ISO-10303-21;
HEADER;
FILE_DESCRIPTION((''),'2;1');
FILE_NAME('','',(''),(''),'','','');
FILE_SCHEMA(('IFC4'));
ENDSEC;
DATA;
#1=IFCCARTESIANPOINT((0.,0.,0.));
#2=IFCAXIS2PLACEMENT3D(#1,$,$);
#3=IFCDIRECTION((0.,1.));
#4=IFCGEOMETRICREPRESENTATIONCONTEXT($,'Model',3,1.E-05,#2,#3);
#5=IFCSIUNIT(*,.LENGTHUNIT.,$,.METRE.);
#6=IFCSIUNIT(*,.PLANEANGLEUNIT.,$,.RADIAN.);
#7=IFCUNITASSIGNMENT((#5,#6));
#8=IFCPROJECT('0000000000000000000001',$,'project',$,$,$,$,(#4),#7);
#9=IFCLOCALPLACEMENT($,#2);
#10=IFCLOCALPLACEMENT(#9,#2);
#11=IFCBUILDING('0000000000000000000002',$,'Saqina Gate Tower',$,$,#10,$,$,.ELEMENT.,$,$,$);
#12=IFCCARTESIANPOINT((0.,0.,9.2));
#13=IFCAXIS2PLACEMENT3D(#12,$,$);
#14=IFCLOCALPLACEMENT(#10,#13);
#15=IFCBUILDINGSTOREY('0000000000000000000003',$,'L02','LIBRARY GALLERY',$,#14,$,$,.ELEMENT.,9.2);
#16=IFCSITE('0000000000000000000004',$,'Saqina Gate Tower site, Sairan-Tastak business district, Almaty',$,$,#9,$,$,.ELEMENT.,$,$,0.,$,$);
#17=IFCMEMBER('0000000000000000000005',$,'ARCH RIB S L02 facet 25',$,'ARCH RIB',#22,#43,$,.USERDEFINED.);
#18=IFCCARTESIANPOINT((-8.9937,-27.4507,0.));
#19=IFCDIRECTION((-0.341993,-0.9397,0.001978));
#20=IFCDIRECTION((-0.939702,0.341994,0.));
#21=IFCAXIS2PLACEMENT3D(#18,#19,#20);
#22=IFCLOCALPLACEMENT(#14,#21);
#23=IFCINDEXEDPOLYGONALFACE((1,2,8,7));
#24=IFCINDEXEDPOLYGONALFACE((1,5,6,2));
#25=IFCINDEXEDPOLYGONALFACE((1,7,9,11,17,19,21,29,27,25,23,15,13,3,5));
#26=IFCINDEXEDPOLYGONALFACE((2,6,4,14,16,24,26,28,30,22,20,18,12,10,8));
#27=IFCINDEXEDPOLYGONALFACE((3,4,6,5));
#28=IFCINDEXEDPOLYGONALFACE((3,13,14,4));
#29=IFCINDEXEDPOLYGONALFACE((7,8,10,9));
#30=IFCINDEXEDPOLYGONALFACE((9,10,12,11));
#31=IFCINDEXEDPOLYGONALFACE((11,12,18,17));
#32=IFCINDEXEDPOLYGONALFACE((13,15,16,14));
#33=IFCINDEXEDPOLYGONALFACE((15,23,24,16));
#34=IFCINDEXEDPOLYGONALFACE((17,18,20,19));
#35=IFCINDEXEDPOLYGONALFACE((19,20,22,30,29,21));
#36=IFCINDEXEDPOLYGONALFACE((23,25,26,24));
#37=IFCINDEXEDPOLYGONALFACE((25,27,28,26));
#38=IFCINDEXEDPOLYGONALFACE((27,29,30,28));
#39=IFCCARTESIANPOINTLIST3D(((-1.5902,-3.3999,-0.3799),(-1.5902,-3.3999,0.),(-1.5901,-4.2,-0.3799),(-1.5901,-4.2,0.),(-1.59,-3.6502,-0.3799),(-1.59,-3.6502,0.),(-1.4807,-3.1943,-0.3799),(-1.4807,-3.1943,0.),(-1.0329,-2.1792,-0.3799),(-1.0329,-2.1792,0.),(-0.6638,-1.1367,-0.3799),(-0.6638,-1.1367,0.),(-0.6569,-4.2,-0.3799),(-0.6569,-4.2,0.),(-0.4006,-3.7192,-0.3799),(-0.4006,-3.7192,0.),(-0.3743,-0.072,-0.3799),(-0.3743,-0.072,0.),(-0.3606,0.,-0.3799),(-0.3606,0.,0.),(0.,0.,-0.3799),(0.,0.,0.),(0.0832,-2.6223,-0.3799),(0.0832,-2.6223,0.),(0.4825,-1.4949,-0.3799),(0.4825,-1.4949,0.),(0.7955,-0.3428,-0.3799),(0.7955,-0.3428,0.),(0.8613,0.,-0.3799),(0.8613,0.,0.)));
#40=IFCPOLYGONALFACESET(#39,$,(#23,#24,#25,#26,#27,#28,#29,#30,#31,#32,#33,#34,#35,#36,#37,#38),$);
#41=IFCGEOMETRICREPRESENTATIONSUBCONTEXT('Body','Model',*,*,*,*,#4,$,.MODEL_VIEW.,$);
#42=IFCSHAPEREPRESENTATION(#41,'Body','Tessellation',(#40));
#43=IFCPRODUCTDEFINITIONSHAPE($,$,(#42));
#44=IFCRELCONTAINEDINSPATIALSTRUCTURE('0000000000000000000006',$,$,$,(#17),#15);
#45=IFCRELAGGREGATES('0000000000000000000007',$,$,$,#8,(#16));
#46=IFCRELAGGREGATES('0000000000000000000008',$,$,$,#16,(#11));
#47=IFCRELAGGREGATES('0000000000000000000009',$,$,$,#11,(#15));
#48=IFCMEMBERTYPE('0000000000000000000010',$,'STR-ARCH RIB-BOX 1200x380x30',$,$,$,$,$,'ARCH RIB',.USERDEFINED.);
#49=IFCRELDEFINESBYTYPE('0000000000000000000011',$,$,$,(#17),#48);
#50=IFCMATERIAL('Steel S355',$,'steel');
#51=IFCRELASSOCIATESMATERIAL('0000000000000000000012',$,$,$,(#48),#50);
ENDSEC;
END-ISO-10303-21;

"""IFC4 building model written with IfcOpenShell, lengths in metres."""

from ifc_helpers import new_model, si_unit, direction, frame, origin, origin_2d, place, context, subcontext, project, spatial, polyline, hollow_rectangle, outline, extrude, material, material_profile, profile_set, type_object, element, save


model = new_model("IFC4")

# Units and contexts
model_context = context("Model", 3, precision=1e-05, world=origin(), true_north=direction((0.0, 1.0)))
body_context = subcontext(model_context, "Body", "Model", "MODEL_VIEW")
ifc_project = project(units=[si_unit("LENGTHUNIT", "METRE"), si_unit("PLANEANGLEUNIT", "RADIAN")], contexts=[model_context])

# Site, building, storey
site_placement = place(None, origin())
site = spatial("IfcSite", under=ifc_project, at=site_placement, Name="Saqina Gate Tower site, Sairan-Tastak business district, Almaty", CompositionType="ELEMENT", RefElevation=0.0)
building_placement = place(site_placement, origin())
building = spatial("IfcBuilding", under=site, at=building_placement, Name="Saqina Gate Tower", CompositionType="ELEMENT")
storey_placement = place(building_placement, frame((0.0, 0.0, 9.2)))
storey = spatial("IfcBuildingStorey", under=building, at=storey_placement, Name="L02", Description="LIBRARY GALLERY", CompositionType="ELEMENT", Elevation=9.2)

# Member
ifc_material_1 = material(Name="Steel S355", Category="steel")
ifc_material_profile_1 = material_profile(ifc_material_1, hollow_rectangle(XDim=1.2, YDim=0.3799, WallThickness=0.03, at=origin_2d()), Name="BOX 1200x380x30")
ifc_profile_set_1 = profile_set([ifc_material_profile_1], Name="Steel S355")
member_type_1 = type_object("IfcMemberType", Name="STR-ARCH RIB-BOX 1200x380x30", ElementType="ARCH RIB", PredefinedType="USERDEFINED", material=ifc_profile_set_1)
member_1_placement = place(storey_placement, frame((-8.9937, -27.4507, 0.0), z_axis=(-0.341993, -0.9397, 0.001978), x_axis=(-0.939702, 0.341994, 0.0)))
element("IfcMember", 1, at=member_1_placement, inside=storey, type_object=member_type_1, Name="ARCH RIB S L02 facet 25", ObjectType="ARCH RIB", PredefinedType="USERDEFINED", context=body_context, shape_type="SweptSolid", body=[
    extrude(outline(polyline([(0.0, 0.0), (0.8613, 0.0), (0.7955, -0.3428), (0.4825, -1.4949), (0.0832, -2.6223), (-0.4006, -3.7192), (-0.6569, -4.2), (-1.5901, -4.2), (-1.59, -3.6502), (-1.5902, -3.3999), (-1.4807, -3.1943), (-1.0329, -2.1792), (-0.6638, -1.1367), (-0.3743, -0.072), (-0.3606, 0.0), (0.0, 0.0)])), origin(), (0.0, 0.0, -1.0), 0.3799),
])

save(model, "model.ifc")
